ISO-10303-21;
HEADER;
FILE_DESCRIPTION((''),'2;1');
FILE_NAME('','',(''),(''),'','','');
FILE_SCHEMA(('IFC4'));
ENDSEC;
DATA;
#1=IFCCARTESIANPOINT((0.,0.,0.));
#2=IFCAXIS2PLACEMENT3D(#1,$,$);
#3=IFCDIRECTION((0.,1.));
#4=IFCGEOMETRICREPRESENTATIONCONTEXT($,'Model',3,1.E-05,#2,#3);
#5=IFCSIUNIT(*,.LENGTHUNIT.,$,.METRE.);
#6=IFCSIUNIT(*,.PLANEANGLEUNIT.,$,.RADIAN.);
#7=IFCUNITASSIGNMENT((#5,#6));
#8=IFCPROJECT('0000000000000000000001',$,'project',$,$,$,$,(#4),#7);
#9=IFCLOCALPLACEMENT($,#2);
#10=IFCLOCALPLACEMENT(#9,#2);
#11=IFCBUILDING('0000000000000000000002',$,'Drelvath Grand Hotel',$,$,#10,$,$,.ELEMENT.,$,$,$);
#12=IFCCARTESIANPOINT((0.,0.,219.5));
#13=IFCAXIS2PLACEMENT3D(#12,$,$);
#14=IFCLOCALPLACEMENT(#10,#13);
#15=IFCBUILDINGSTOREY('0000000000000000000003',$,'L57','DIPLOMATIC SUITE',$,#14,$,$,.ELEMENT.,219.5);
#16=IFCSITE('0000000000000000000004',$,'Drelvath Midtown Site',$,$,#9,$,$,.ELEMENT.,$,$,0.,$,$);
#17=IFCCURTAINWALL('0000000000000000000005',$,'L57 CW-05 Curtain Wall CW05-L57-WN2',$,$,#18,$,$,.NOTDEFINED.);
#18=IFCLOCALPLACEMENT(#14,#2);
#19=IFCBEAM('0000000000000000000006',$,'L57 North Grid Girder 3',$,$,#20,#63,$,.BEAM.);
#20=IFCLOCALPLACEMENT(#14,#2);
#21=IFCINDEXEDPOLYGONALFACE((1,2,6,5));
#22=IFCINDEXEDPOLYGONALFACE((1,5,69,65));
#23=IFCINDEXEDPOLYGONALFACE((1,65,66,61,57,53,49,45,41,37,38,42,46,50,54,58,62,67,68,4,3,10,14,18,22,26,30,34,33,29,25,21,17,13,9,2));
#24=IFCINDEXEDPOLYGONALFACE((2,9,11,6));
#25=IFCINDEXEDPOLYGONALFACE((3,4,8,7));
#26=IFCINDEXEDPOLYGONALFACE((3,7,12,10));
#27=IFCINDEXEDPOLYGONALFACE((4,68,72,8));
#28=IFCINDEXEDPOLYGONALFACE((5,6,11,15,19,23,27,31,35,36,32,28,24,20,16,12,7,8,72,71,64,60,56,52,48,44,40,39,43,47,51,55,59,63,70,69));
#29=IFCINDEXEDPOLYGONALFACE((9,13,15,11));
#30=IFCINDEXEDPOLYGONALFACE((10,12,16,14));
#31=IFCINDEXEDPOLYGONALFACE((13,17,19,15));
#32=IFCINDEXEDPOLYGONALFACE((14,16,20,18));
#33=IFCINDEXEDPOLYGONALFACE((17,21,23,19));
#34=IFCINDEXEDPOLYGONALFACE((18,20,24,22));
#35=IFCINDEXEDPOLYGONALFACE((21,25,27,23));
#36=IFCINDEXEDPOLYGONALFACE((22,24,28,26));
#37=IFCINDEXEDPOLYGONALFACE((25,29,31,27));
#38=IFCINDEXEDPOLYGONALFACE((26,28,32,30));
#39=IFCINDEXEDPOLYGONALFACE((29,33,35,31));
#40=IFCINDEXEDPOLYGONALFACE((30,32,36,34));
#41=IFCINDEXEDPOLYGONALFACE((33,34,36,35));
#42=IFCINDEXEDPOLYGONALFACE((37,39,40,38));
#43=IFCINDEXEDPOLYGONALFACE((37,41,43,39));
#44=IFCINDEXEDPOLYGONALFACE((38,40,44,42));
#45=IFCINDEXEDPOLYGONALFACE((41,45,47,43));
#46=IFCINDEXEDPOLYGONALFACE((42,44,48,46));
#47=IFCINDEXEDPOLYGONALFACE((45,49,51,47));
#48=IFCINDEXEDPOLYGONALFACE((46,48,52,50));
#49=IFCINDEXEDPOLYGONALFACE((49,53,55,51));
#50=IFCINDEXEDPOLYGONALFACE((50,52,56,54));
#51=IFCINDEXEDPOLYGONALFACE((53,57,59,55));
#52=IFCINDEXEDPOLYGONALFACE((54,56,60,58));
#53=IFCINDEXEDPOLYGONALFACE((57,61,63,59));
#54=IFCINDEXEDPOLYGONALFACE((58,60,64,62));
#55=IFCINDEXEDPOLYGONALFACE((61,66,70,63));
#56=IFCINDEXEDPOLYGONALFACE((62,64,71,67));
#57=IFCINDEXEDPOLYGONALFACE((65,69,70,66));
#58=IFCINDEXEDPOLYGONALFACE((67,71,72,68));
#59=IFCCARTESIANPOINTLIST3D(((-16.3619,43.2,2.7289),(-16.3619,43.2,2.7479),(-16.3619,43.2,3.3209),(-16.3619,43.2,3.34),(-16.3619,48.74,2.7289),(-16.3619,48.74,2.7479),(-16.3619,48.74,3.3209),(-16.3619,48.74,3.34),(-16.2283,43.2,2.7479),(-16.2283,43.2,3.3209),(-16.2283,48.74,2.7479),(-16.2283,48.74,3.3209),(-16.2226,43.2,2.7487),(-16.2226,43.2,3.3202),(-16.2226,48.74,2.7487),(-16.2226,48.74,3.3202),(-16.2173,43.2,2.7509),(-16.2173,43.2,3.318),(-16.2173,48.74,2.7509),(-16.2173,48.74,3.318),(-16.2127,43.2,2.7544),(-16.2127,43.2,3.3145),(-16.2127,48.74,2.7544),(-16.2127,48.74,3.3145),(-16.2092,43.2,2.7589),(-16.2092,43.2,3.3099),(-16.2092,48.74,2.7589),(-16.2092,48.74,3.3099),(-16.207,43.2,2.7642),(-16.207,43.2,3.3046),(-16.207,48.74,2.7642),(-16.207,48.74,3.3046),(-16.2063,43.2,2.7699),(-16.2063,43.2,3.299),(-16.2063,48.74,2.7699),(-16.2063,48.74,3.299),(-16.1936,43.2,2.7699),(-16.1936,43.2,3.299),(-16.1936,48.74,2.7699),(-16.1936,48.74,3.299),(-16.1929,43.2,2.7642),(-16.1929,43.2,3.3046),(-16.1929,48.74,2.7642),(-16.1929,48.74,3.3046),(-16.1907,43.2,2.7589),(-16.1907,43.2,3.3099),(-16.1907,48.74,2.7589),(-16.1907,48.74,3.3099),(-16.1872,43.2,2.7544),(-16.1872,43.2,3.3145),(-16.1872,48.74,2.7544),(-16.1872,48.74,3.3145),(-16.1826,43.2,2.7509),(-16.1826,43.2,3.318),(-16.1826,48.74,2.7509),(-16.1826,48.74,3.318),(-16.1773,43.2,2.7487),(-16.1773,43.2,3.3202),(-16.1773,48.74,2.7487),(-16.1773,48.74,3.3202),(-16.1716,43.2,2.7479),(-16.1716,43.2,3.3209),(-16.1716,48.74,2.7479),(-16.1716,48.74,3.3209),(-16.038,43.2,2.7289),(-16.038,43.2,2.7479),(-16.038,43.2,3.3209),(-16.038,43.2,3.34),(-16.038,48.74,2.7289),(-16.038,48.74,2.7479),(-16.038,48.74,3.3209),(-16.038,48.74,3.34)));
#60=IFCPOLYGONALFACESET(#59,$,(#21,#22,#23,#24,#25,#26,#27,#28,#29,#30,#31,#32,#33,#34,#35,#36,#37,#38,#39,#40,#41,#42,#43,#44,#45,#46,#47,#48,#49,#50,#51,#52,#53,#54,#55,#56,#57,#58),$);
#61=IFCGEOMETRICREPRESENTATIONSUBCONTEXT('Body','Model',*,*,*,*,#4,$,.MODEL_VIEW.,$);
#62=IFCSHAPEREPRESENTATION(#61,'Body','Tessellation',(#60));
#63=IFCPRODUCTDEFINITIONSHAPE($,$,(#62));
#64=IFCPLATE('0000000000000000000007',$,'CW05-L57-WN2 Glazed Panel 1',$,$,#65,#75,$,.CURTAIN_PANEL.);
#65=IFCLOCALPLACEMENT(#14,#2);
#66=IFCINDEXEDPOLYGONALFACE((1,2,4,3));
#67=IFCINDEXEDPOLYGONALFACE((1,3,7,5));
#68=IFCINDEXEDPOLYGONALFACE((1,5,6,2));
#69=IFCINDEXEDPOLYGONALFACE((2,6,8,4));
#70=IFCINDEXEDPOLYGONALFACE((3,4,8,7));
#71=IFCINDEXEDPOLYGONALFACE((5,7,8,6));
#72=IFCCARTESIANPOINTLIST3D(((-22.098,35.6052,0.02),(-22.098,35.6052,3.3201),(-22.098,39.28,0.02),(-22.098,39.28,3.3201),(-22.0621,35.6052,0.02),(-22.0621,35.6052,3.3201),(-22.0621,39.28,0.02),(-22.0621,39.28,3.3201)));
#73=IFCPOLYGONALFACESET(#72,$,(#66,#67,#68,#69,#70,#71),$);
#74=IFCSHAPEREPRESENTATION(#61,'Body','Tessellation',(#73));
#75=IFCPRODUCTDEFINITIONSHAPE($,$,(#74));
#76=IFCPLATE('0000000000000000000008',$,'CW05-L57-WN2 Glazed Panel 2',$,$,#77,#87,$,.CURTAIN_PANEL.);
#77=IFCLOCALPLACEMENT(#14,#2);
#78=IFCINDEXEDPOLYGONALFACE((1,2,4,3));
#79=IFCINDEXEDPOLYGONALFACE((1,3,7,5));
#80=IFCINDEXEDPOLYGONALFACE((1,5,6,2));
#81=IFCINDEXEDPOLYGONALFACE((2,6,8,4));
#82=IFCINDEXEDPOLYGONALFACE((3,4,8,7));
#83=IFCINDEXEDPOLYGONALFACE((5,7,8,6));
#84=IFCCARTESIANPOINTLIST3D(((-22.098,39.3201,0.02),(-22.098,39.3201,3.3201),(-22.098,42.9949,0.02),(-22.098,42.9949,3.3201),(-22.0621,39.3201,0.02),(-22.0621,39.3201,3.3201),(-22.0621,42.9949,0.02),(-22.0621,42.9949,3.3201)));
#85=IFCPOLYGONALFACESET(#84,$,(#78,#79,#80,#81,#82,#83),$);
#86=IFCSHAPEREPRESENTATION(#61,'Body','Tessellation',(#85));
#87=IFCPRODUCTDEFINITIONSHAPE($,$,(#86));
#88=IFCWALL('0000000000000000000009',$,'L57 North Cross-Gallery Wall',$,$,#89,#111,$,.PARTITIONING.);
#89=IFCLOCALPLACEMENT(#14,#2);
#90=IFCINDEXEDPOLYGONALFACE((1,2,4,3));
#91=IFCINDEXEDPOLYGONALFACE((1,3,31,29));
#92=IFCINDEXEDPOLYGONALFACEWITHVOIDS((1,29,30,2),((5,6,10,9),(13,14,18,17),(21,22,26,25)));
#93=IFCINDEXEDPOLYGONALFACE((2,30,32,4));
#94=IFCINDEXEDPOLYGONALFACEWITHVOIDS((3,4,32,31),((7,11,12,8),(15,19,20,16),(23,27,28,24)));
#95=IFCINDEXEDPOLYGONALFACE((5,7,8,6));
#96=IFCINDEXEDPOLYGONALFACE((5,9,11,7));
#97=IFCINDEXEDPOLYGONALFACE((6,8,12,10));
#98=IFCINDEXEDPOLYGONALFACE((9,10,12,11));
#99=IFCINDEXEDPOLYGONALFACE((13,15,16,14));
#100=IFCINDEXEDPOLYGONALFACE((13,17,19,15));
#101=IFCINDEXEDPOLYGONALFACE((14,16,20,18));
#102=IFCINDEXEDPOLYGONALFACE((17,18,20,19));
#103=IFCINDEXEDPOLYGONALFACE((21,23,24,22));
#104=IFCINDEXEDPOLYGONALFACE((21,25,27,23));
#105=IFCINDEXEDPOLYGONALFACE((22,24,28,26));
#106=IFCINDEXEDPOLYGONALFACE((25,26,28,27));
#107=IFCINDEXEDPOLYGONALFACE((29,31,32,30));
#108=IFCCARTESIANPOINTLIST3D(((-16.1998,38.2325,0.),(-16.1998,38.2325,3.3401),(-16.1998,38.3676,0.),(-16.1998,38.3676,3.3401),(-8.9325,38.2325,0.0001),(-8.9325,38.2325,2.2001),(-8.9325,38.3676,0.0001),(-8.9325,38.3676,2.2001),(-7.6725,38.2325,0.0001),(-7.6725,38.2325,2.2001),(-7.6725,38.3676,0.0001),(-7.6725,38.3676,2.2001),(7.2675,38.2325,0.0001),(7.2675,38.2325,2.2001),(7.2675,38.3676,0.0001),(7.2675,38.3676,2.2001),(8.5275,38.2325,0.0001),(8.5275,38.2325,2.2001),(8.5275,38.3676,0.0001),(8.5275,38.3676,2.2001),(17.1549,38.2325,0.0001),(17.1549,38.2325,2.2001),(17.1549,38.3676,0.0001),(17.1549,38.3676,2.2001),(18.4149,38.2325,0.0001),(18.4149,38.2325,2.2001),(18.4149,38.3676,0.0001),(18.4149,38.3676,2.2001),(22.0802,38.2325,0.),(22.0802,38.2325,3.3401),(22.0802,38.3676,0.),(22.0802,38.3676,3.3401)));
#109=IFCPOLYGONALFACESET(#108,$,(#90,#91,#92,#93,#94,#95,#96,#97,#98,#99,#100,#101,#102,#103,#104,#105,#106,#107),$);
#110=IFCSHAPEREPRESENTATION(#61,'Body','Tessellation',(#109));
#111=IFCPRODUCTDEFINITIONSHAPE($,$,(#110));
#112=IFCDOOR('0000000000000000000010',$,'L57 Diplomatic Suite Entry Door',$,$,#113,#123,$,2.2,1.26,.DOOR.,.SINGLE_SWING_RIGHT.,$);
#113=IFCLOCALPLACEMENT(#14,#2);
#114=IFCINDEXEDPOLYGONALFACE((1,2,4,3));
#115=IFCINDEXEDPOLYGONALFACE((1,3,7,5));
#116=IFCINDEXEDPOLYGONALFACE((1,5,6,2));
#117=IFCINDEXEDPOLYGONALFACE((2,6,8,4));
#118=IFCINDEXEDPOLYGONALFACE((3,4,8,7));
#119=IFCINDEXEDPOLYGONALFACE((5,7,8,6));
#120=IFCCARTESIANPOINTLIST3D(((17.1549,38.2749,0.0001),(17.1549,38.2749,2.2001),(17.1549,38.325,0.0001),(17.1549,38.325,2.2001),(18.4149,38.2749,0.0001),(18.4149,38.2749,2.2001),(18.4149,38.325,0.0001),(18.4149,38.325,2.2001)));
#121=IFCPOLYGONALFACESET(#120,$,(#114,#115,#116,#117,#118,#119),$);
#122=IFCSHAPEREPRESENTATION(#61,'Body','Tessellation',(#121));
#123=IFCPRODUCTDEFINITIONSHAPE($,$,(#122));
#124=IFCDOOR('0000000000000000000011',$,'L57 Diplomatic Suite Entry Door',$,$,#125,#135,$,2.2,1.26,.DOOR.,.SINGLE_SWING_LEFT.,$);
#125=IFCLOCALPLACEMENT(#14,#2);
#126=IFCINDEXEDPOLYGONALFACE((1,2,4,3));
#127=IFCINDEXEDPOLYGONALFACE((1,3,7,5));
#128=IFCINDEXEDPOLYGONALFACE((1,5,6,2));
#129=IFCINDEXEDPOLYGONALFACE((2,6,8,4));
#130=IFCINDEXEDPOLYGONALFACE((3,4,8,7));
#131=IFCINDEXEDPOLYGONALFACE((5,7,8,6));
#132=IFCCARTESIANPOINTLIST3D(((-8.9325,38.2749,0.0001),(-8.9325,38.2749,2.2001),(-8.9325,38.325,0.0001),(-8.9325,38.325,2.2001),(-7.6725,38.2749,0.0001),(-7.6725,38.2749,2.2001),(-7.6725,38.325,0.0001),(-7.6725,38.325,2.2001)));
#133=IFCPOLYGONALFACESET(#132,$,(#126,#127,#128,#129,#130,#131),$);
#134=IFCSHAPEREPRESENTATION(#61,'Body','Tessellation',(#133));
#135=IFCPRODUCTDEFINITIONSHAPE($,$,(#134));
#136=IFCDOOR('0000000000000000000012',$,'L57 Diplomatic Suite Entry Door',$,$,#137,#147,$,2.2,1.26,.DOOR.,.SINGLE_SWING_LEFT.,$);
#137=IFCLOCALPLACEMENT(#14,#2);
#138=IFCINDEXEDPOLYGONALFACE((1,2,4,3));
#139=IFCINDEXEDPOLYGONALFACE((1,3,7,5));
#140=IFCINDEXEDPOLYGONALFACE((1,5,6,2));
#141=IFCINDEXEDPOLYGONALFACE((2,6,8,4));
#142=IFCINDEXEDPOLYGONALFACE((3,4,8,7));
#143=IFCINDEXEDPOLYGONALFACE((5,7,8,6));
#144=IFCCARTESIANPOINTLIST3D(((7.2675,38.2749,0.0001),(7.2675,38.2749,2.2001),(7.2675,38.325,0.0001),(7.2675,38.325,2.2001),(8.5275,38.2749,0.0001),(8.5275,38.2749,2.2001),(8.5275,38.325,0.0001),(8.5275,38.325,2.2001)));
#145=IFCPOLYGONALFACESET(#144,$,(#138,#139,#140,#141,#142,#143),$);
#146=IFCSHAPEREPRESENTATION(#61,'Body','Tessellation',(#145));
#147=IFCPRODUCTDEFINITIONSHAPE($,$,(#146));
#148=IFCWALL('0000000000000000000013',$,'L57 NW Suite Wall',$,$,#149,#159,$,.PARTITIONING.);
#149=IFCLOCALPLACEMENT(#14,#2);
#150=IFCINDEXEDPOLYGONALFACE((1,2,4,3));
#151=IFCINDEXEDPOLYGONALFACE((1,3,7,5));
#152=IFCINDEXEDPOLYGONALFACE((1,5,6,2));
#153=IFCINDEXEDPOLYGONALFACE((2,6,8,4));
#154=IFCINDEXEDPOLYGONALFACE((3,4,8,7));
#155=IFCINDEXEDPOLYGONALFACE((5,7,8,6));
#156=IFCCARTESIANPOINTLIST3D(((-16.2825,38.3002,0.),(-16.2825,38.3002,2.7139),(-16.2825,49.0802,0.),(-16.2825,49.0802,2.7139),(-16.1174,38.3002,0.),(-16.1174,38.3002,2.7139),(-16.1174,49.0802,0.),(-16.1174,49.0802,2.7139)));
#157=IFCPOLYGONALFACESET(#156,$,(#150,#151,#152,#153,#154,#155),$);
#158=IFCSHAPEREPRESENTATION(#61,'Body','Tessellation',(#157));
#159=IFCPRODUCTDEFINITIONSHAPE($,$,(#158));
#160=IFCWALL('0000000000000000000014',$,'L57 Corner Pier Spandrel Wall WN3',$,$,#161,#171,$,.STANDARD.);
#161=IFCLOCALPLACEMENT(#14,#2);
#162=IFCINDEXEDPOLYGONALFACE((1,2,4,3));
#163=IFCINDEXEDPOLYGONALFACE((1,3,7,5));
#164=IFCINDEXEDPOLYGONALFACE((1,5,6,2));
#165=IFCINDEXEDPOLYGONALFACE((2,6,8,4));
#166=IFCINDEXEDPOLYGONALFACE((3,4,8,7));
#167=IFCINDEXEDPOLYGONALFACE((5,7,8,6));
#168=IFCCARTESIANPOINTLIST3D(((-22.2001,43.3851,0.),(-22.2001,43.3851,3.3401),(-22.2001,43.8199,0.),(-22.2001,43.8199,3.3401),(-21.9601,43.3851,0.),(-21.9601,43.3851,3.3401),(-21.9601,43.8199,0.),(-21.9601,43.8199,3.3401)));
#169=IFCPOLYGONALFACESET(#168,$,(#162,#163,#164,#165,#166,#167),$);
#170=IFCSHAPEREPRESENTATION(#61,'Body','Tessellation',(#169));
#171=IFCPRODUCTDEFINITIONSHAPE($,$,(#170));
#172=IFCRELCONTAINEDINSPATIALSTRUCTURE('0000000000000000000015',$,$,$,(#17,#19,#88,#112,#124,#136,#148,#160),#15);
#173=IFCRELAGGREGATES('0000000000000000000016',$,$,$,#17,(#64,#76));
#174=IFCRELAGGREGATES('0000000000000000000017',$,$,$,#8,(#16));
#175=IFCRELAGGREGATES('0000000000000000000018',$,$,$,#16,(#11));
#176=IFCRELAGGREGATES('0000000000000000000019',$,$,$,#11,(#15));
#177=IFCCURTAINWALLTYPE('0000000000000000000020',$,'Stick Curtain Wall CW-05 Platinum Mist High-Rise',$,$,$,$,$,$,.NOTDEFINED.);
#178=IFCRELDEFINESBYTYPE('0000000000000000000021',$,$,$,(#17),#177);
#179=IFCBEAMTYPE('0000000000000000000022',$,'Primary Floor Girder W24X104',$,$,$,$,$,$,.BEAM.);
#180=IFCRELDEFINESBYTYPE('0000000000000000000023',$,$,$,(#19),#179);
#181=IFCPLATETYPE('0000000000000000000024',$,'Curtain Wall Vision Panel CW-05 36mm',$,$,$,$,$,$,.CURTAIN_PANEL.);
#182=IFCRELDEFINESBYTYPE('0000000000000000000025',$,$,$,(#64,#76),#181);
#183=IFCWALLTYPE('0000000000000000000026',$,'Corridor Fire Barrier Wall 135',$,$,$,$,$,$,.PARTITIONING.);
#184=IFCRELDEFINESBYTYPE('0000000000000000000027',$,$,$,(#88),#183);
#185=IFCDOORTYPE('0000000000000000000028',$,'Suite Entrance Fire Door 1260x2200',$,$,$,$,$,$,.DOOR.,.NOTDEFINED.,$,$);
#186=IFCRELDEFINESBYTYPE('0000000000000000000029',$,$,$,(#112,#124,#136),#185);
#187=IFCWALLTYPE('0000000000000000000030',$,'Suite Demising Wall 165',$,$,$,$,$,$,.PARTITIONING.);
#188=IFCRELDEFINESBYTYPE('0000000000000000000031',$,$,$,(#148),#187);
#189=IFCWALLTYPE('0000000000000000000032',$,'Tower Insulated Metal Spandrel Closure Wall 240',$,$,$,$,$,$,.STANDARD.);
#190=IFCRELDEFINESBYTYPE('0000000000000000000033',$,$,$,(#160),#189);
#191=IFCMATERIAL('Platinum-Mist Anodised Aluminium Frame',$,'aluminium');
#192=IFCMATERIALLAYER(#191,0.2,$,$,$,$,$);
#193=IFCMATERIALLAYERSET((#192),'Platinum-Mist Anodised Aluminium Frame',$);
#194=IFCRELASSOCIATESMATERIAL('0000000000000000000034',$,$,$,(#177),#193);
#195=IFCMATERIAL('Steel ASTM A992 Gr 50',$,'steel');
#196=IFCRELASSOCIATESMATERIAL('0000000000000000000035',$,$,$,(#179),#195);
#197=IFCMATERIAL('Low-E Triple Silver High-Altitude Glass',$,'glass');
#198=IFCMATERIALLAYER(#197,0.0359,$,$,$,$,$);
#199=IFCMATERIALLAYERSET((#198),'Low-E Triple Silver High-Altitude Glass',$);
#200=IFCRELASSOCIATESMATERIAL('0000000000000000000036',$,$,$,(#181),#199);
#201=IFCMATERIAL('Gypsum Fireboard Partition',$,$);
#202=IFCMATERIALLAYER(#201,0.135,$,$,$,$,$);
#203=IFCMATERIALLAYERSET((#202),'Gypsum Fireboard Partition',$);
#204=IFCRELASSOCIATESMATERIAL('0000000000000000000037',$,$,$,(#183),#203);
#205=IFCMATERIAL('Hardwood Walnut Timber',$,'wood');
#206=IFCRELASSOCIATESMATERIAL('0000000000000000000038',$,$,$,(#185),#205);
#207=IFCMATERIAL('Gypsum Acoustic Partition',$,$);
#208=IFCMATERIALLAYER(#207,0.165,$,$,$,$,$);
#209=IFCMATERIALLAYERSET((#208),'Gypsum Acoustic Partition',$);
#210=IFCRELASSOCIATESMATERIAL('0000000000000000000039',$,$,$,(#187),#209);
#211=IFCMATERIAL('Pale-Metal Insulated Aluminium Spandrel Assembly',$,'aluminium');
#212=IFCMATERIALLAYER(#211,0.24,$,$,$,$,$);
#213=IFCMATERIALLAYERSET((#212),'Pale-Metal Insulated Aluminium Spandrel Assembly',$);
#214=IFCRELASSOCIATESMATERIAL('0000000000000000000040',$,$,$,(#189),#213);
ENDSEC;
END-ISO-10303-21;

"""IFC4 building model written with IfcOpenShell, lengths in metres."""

from ifc_helpers import new_model, si_unit, direction, frame, frame_2d, origin, origin_2d, place, context, subcontext, project, spatial, rectangle, i_section, extrude, material, layer, layer_set, material_profile, profile_set, type_object, element, fill, aggregate, save


model = new_model("IFC4")

# Units and contexts
model_context = context("Model", 3, precision=1e-05, world=origin(), true_north=direction((0.0, 1.0)))
body_context = subcontext(model_context, "Body", "Model", "MODEL_VIEW")
ifc_project = project(units=[si_unit("LENGTHUNIT", "METRE"), si_unit("PLANEANGLEUNIT", "RADIAN")], contexts=[model_context])

# Site, building, storey
site_placement = place(None, origin())
site = spatial("IfcSite", under=ifc_project, at=site_placement, Name="Drelvath Midtown Site", CompositionType="ELEMENT", RefElevation=0.0)
building_placement = place(site_placement, origin())
building = spatial("IfcBuilding", under=site, at=building_placement, Name="Drelvath Grand Hotel", CompositionType="ELEMENT")
storey_placement = place(building_placement, frame((0.0, 0.0, 219.5)))
storey = spatial("IfcBuildingStorey", under=building, at=storey_placement, Name="L57", Description="DIPLOMATIC SUITE", CompositionType="ELEMENT", Elevation=219.5)

# Shared definitions
ifc_material_1 = material(Name="Steel ASTM A992 Gr 50", Category="steel")

# Curtain wall
ifc_material_2 = material(Name="Platinum-Mist Anodised Aluminium Frame", Category="aluminium")
ifc_layer_1 = layer(ifc_material_2, 0.2)
ifc_layer_set_1 = layer_set([ifc_layer_1], Name="Platinum-Mist Anodised Aluminium Frame")
curtain_wall_type = type_object("IfcCurtainWallType", Name="Stick Curtain Wall CW-05 Platinum Mist High-Rise", PredefinedType="NOTDEFINED", material=ifc_layer_set_1)
curtain_wall_placement = place(storey_placement, origin())
curtain_wall = element("IfcCurtainWall", 1, at=curtain_wall_placement, inside=storey, type_object=curtain_wall_type, Name="L57 CW-05 Curtain Wall CW05-L57-WN2", PredefinedType="NOTDEFINED")

# Beam
ifc_material_profile_1 = material_profile(ifc_material_1, i_section(OverallWidth=0.324, OverallDepth=0.6111, WebThickness=0.0127, FlangeThickness=0.019, FilletRadius=0.022, at=origin_2d()), Name="W24X104")
ifc_profile_set_1 = profile_set([ifc_material_profile_1], Name="Steel ASTM A992 Gr 50")
beam_type_1 = type_object("IfcBeamType", Name="Primary Floor Girder W24X104", PredefinedType="BEAM", material=ifc_profile_set_1)
for number, where, z_axis, x_axis, name in (
    (2, (-16.2, 43.2, 3.0344), (0.0, 1.0, 0.0), (-1.0, 0.0, 0.0), "L57 North Grid Girder 3"),
):
    element("IfcBeam", number, at=place(storey_placement, frame(where, z_axis=z_axis, x_axis=x_axis)), inside=storey, type_object=beam_type_1, Name=name, PredefinedType="BEAM", context=body_context, shape_type="SweptSolid", body=[
        extrude(i_section(OverallWidth=0.324, OverallDepth=0.6111, WebThickness=0.0127, FlangeThickness=0.019, FilletRadius=0.022, at=origin_2d()), origin(), (0.0, 0.0, 1.0), 5.54),
    ])

# Plates
ifc_material_3 = material(Name="Low-E Triple Silver High-Altitude Glass", Category="glass")
ifc_layer_2 = layer(ifc_material_3, 0.0359)
ifc_layer_set_2 = layer_set([ifc_layer_2], Name="Low-E Triple Silver High-Altitude Glass")
plate_type = type_object("IfcPlateType", Name="Curtain Wall Vision Panel CW-05 36mm", PredefinedType="CURTAIN_PANEL", material=ifc_layer_set_2)
plate_1_placement = place(storey_placement, frame((-22.0801, 37.4426, 0.02), z_axis=(0.0, 0.0, 1.0), x_axis=(0.0, 1.0, 0.0)))
plate_1 = element("IfcPlate", 3, at=plate_1_placement, type_object=plate_type, Name="CW05-L57-WN2 Glazed Panel 1", PredefinedType="CURTAIN_PANEL", context=body_context, shape_type="SweptSolid", body=[
    extrude(rectangle(XDim=3.6748, YDim=0.0359, at=origin_2d()), origin(), (0.0, 0.0, 1.0), 3.3),
])
plate_2_placement = place(storey_placement, frame((-22.0801, 41.1575, 0.02), z_axis=(0.0, 0.0, 1.0), x_axis=(0.0, 1.0, 0.0)))
plate_2 = element("IfcPlate", 4, at=plate_2_placement, type_object=plate_type, Name="CW05-L57-WN2 Glazed Panel 2", PredefinedType="CURTAIN_PANEL", context=body_context, shape_type="SweptSolid", body=[
    extrude(rectangle(XDim=3.6748, YDim=0.0359, at=origin_2d()), origin(), (0.0, 0.0, 1.0), 3.3),
])
aggregate(curtain_wall, [plate_1, plate_2])

# Wall, openings, doors
ifc_material_4 = material(Name="Gypsum Fireboard Partition")
ifc_layer_3 = layer(ifc_material_4, 0.135)
ifc_layer_set_3 = layer_set([ifc_layer_3], Name="Gypsum Fireboard Partition")
wall_type_1 = type_object("IfcWallType", Name="Corridor Fire Barrier Wall 135", PredefinedType="PARTITIONING", material=ifc_layer_set_3)
wall_1_placement = place(storey_placement, frame((-16.2, 38.3, 0.0), z_axis=(0.0, 0.0, 1.0), x_axis=(1.0, 0.0, 0.0)))
wall_1 = element("IfcWall", 5, at=wall_1_placement, inside=storey, type_object=wall_type_1, Name="L57 North Cross-Gallery Wall", PredefinedType="PARTITIONING", context=body_context, shape_type="SweptSolid", body=[
    extrude(rectangle(XDim=38.28, YDim=0.135, at=frame_2d((19.1401, 0.0))), origin(), (0.0, 0.0, 1.0), 3.3401),
])
opening_1_placement = place(wall_1_placement, frame((33.355, 0.0, 0.0)))
opening_1 = element("IfcOpeningElement", 6, at=opening_1_placement, cuts=wall_1, PredefinedType="OPENING", context=body_context, shape_type="SweptSolid", body=[
    extrude(rectangle(XDim=1.26, YDim=2.2, at=frame_2d((0.6299, 1.1001))), frame((0.0, 0.0774, 0.0), z_axis=(0.0, -1.0, 0.0), x_axis=(1.0, 0.0, 0.0)), (0.0, 0.0, 1.0), 0.155),
])
opening_2_placement = place(wall_1_placement, frame((7.2676, 0.0, 0.0)))
opening_2 = element("IfcOpeningElement", 7, at=opening_2_placement, cuts=wall_1, PredefinedType="OPENING", context=body_context, shape_type="SweptSolid", body=[
    extrude(rectangle(XDim=1.26, YDim=2.2, at=frame_2d((0.6299, 1.1001))), frame((0.0, 0.0774, 0.0), z_axis=(0.0, -1.0, 0.0), x_axis=(1.0, 0.0, 0.0)), (0.0, 0.0, 1.0), 0.155),
])
opening_3_placement = place(wall_1_placement, frame((23.4675, 0.0, 0.0)))
opening_3 = element("IfcOpeningElement", 8, at=opening_3_placement, cuts=wall_1, PredefinedType="OPENING", context=body_context, shape_type="SweptSolid", body=[
    extrude(rectangle(XDim=1.26, YDim=2.2, at=frame_2d((0.6299, 1.1001))), frame((0.0, 0.0774, 0.0), z_axis=(0.0, -1.0, 0.0), x_axis=(1.0, 0.0, 0.0)), (0.0, 0.0, 1.0), 0.155),
])
ifc_material_5 = material(Name="Hardwood Walnut Timber", Category="wood")
door_type_1 = type_object("IfcDoorType", Name="Suite Entrance Fire Door 1260x2200", OperationType="NOTDEFINED", PredefinedType="DOOR", material=ifc_material_5)
door_1_placement = place(opening_1_placement, origin())
door_1 = element("IfcDoor", 9, at=door_1_placement, inside=storey, type_object=door_type_1, Name="L57 Diplomatic Suite Entry Door", OperationType="SINGLE_SWING_RIGHT", OverallHeight=2.2, OverallWidth=1.26, PredefinedType="DOOR", context=body_context, shape_type="SweptSolid", body=[
    extrude(rectangle(XDim=1.26, YDim=2.2, at=frame_2d((0.6299, 1.1001))), frame((0.0, 0.0249, 0.0), z_axis=(0.0, -1.0, 0.0), x_axis=(1.0, 0.0, 0.0)), (0.0, 0.0, 1.0), 0.05),
])
fill(opening_1, door_1)
door_2_placement = place(opening_2_placement, origin())
door_2 = element("IfcDoor", 10, at=door_2_placement, inside=storey, type_object=door_type_1, Name="L57 Diplomatic Suite Entry Door", OperationType="SINGLE_SWING_LEFT", OverallHeight=2.2, OverallWidth=1.26, PredefinedType="DOOR", context=body_context, shape_type="SweptSolid", body=[
    extrude(rectangle(XDim=1.26, YDim=2.2, at=frame_2d((0.6299, 1.1001))), frame((0.0, 0.0249, 0.0), z_axis=(0.0, -1.0, 0.0), x_axis=(1.0, 0.0, 0.0)), (0.0, 0.0, 1.0), 0.05),
])
fill(opening_2, door_2)
door_3_placement = place(opening_3_placement, origin())
door_3 = element("IfcDoor", 11, at=door_3_placement, inside=storey, type_object=door_type_1, Name="L57 Diplomatic Suite Entry Door", OperationType="SINGLE_SWING_LEFT", OverallHeight=2.2, OverallWidth=1.26, PredefinedType="DOOR", context=body_context, shape_type="SweptSolid", body=[
    extrude(rectangle(XDim=1.26, YDim=2.2, at=frame_2d((0.6299, 1.1001))), frame((0.0, 0.0249, 0.0), z_axis=(0.0, -1.0, 0.0), x_axis=(1.0, 0.0, 0.0)), (0.0, 0.0, 1.0), 0.05),
])
fill(opening_3, door_3)

# Walls
ifc_material_6 = material(Name="Gypsum Acoustic Partition")
ifc_layer_4 = layer(ifc_material_6, 0.165)
ifc_layer_set_4 = layer_set([ifc_layer_4], Name="Gypsum Acoustic Partition")
wall_type_2 = type_object("IfcWallType", Name="Suite Demising Wall 165", PredefinedType="PARTITIONING", material=ifc_layer_set_4)
wall_2_placement = place(storey_placement, frame((-16.2, 38.3, 0.0), z_axis=(0.0, 0.0, 1.0), x_axis=(0.0, 1.0, 0.0)))
element("IfcWall", 12, at=wall_2_placement, inside=storey, type_object=wall_type_2, Name="L57 NW Suite Wall", PredefinedType="PARTITIONING", context=body_context, shape_type="SweptSolid", body=[
    extrude(rectangle(XDim=10.78, YDim=0.165, at=frame_2d((5.3901, 0.0))), origin(), (0.0, 0.0, 1.0), 2.7139),
])
ifc_material_7 = material(Name="Pale-Metal Insulated Aluminium Spandrel Assembly", Category="aluminium")
ifc_layer_5 = layer(ifc_material_7, 0.24)
ifc_layer_set_5 = layer_set([ifc_layer_5], Name="Pale-Metal Insulated Aluminium Spandrel Assembly")
wall_type_3 = type_object("IfcWallType", Name="Tower Insulated Metal Spandrel Closure Wall 240", PredefinedType="STANDARD", material=ifc_layer_set_5)
for number, where, z_axis, x_axis, name in (
    (13, (-22.0801, 43.3853, 0.0), (0.0, 0.0, 1.0), (0.0, 1.0, 0.0), "L57 Corner Pier Spandrel Wall WN3"),
):
    element("IfcWall", number, at=place(storey_placement, frame(where, z_axis=z_axis, x_axis=x_axis)), inside=storey, type_object=wall_type_3, Name=name, PredefinedType="STANDARD", context=body_context, shape_type="SweptSolid", body=[
        extrude(rectangle(XDim=0.4348, YDim=0.24, at=frame_2d((0.2173, 0.0))), origin(), (0.0, 0.0, 1.0), 3.3401),
    ])

save(model, "model.ifc")
